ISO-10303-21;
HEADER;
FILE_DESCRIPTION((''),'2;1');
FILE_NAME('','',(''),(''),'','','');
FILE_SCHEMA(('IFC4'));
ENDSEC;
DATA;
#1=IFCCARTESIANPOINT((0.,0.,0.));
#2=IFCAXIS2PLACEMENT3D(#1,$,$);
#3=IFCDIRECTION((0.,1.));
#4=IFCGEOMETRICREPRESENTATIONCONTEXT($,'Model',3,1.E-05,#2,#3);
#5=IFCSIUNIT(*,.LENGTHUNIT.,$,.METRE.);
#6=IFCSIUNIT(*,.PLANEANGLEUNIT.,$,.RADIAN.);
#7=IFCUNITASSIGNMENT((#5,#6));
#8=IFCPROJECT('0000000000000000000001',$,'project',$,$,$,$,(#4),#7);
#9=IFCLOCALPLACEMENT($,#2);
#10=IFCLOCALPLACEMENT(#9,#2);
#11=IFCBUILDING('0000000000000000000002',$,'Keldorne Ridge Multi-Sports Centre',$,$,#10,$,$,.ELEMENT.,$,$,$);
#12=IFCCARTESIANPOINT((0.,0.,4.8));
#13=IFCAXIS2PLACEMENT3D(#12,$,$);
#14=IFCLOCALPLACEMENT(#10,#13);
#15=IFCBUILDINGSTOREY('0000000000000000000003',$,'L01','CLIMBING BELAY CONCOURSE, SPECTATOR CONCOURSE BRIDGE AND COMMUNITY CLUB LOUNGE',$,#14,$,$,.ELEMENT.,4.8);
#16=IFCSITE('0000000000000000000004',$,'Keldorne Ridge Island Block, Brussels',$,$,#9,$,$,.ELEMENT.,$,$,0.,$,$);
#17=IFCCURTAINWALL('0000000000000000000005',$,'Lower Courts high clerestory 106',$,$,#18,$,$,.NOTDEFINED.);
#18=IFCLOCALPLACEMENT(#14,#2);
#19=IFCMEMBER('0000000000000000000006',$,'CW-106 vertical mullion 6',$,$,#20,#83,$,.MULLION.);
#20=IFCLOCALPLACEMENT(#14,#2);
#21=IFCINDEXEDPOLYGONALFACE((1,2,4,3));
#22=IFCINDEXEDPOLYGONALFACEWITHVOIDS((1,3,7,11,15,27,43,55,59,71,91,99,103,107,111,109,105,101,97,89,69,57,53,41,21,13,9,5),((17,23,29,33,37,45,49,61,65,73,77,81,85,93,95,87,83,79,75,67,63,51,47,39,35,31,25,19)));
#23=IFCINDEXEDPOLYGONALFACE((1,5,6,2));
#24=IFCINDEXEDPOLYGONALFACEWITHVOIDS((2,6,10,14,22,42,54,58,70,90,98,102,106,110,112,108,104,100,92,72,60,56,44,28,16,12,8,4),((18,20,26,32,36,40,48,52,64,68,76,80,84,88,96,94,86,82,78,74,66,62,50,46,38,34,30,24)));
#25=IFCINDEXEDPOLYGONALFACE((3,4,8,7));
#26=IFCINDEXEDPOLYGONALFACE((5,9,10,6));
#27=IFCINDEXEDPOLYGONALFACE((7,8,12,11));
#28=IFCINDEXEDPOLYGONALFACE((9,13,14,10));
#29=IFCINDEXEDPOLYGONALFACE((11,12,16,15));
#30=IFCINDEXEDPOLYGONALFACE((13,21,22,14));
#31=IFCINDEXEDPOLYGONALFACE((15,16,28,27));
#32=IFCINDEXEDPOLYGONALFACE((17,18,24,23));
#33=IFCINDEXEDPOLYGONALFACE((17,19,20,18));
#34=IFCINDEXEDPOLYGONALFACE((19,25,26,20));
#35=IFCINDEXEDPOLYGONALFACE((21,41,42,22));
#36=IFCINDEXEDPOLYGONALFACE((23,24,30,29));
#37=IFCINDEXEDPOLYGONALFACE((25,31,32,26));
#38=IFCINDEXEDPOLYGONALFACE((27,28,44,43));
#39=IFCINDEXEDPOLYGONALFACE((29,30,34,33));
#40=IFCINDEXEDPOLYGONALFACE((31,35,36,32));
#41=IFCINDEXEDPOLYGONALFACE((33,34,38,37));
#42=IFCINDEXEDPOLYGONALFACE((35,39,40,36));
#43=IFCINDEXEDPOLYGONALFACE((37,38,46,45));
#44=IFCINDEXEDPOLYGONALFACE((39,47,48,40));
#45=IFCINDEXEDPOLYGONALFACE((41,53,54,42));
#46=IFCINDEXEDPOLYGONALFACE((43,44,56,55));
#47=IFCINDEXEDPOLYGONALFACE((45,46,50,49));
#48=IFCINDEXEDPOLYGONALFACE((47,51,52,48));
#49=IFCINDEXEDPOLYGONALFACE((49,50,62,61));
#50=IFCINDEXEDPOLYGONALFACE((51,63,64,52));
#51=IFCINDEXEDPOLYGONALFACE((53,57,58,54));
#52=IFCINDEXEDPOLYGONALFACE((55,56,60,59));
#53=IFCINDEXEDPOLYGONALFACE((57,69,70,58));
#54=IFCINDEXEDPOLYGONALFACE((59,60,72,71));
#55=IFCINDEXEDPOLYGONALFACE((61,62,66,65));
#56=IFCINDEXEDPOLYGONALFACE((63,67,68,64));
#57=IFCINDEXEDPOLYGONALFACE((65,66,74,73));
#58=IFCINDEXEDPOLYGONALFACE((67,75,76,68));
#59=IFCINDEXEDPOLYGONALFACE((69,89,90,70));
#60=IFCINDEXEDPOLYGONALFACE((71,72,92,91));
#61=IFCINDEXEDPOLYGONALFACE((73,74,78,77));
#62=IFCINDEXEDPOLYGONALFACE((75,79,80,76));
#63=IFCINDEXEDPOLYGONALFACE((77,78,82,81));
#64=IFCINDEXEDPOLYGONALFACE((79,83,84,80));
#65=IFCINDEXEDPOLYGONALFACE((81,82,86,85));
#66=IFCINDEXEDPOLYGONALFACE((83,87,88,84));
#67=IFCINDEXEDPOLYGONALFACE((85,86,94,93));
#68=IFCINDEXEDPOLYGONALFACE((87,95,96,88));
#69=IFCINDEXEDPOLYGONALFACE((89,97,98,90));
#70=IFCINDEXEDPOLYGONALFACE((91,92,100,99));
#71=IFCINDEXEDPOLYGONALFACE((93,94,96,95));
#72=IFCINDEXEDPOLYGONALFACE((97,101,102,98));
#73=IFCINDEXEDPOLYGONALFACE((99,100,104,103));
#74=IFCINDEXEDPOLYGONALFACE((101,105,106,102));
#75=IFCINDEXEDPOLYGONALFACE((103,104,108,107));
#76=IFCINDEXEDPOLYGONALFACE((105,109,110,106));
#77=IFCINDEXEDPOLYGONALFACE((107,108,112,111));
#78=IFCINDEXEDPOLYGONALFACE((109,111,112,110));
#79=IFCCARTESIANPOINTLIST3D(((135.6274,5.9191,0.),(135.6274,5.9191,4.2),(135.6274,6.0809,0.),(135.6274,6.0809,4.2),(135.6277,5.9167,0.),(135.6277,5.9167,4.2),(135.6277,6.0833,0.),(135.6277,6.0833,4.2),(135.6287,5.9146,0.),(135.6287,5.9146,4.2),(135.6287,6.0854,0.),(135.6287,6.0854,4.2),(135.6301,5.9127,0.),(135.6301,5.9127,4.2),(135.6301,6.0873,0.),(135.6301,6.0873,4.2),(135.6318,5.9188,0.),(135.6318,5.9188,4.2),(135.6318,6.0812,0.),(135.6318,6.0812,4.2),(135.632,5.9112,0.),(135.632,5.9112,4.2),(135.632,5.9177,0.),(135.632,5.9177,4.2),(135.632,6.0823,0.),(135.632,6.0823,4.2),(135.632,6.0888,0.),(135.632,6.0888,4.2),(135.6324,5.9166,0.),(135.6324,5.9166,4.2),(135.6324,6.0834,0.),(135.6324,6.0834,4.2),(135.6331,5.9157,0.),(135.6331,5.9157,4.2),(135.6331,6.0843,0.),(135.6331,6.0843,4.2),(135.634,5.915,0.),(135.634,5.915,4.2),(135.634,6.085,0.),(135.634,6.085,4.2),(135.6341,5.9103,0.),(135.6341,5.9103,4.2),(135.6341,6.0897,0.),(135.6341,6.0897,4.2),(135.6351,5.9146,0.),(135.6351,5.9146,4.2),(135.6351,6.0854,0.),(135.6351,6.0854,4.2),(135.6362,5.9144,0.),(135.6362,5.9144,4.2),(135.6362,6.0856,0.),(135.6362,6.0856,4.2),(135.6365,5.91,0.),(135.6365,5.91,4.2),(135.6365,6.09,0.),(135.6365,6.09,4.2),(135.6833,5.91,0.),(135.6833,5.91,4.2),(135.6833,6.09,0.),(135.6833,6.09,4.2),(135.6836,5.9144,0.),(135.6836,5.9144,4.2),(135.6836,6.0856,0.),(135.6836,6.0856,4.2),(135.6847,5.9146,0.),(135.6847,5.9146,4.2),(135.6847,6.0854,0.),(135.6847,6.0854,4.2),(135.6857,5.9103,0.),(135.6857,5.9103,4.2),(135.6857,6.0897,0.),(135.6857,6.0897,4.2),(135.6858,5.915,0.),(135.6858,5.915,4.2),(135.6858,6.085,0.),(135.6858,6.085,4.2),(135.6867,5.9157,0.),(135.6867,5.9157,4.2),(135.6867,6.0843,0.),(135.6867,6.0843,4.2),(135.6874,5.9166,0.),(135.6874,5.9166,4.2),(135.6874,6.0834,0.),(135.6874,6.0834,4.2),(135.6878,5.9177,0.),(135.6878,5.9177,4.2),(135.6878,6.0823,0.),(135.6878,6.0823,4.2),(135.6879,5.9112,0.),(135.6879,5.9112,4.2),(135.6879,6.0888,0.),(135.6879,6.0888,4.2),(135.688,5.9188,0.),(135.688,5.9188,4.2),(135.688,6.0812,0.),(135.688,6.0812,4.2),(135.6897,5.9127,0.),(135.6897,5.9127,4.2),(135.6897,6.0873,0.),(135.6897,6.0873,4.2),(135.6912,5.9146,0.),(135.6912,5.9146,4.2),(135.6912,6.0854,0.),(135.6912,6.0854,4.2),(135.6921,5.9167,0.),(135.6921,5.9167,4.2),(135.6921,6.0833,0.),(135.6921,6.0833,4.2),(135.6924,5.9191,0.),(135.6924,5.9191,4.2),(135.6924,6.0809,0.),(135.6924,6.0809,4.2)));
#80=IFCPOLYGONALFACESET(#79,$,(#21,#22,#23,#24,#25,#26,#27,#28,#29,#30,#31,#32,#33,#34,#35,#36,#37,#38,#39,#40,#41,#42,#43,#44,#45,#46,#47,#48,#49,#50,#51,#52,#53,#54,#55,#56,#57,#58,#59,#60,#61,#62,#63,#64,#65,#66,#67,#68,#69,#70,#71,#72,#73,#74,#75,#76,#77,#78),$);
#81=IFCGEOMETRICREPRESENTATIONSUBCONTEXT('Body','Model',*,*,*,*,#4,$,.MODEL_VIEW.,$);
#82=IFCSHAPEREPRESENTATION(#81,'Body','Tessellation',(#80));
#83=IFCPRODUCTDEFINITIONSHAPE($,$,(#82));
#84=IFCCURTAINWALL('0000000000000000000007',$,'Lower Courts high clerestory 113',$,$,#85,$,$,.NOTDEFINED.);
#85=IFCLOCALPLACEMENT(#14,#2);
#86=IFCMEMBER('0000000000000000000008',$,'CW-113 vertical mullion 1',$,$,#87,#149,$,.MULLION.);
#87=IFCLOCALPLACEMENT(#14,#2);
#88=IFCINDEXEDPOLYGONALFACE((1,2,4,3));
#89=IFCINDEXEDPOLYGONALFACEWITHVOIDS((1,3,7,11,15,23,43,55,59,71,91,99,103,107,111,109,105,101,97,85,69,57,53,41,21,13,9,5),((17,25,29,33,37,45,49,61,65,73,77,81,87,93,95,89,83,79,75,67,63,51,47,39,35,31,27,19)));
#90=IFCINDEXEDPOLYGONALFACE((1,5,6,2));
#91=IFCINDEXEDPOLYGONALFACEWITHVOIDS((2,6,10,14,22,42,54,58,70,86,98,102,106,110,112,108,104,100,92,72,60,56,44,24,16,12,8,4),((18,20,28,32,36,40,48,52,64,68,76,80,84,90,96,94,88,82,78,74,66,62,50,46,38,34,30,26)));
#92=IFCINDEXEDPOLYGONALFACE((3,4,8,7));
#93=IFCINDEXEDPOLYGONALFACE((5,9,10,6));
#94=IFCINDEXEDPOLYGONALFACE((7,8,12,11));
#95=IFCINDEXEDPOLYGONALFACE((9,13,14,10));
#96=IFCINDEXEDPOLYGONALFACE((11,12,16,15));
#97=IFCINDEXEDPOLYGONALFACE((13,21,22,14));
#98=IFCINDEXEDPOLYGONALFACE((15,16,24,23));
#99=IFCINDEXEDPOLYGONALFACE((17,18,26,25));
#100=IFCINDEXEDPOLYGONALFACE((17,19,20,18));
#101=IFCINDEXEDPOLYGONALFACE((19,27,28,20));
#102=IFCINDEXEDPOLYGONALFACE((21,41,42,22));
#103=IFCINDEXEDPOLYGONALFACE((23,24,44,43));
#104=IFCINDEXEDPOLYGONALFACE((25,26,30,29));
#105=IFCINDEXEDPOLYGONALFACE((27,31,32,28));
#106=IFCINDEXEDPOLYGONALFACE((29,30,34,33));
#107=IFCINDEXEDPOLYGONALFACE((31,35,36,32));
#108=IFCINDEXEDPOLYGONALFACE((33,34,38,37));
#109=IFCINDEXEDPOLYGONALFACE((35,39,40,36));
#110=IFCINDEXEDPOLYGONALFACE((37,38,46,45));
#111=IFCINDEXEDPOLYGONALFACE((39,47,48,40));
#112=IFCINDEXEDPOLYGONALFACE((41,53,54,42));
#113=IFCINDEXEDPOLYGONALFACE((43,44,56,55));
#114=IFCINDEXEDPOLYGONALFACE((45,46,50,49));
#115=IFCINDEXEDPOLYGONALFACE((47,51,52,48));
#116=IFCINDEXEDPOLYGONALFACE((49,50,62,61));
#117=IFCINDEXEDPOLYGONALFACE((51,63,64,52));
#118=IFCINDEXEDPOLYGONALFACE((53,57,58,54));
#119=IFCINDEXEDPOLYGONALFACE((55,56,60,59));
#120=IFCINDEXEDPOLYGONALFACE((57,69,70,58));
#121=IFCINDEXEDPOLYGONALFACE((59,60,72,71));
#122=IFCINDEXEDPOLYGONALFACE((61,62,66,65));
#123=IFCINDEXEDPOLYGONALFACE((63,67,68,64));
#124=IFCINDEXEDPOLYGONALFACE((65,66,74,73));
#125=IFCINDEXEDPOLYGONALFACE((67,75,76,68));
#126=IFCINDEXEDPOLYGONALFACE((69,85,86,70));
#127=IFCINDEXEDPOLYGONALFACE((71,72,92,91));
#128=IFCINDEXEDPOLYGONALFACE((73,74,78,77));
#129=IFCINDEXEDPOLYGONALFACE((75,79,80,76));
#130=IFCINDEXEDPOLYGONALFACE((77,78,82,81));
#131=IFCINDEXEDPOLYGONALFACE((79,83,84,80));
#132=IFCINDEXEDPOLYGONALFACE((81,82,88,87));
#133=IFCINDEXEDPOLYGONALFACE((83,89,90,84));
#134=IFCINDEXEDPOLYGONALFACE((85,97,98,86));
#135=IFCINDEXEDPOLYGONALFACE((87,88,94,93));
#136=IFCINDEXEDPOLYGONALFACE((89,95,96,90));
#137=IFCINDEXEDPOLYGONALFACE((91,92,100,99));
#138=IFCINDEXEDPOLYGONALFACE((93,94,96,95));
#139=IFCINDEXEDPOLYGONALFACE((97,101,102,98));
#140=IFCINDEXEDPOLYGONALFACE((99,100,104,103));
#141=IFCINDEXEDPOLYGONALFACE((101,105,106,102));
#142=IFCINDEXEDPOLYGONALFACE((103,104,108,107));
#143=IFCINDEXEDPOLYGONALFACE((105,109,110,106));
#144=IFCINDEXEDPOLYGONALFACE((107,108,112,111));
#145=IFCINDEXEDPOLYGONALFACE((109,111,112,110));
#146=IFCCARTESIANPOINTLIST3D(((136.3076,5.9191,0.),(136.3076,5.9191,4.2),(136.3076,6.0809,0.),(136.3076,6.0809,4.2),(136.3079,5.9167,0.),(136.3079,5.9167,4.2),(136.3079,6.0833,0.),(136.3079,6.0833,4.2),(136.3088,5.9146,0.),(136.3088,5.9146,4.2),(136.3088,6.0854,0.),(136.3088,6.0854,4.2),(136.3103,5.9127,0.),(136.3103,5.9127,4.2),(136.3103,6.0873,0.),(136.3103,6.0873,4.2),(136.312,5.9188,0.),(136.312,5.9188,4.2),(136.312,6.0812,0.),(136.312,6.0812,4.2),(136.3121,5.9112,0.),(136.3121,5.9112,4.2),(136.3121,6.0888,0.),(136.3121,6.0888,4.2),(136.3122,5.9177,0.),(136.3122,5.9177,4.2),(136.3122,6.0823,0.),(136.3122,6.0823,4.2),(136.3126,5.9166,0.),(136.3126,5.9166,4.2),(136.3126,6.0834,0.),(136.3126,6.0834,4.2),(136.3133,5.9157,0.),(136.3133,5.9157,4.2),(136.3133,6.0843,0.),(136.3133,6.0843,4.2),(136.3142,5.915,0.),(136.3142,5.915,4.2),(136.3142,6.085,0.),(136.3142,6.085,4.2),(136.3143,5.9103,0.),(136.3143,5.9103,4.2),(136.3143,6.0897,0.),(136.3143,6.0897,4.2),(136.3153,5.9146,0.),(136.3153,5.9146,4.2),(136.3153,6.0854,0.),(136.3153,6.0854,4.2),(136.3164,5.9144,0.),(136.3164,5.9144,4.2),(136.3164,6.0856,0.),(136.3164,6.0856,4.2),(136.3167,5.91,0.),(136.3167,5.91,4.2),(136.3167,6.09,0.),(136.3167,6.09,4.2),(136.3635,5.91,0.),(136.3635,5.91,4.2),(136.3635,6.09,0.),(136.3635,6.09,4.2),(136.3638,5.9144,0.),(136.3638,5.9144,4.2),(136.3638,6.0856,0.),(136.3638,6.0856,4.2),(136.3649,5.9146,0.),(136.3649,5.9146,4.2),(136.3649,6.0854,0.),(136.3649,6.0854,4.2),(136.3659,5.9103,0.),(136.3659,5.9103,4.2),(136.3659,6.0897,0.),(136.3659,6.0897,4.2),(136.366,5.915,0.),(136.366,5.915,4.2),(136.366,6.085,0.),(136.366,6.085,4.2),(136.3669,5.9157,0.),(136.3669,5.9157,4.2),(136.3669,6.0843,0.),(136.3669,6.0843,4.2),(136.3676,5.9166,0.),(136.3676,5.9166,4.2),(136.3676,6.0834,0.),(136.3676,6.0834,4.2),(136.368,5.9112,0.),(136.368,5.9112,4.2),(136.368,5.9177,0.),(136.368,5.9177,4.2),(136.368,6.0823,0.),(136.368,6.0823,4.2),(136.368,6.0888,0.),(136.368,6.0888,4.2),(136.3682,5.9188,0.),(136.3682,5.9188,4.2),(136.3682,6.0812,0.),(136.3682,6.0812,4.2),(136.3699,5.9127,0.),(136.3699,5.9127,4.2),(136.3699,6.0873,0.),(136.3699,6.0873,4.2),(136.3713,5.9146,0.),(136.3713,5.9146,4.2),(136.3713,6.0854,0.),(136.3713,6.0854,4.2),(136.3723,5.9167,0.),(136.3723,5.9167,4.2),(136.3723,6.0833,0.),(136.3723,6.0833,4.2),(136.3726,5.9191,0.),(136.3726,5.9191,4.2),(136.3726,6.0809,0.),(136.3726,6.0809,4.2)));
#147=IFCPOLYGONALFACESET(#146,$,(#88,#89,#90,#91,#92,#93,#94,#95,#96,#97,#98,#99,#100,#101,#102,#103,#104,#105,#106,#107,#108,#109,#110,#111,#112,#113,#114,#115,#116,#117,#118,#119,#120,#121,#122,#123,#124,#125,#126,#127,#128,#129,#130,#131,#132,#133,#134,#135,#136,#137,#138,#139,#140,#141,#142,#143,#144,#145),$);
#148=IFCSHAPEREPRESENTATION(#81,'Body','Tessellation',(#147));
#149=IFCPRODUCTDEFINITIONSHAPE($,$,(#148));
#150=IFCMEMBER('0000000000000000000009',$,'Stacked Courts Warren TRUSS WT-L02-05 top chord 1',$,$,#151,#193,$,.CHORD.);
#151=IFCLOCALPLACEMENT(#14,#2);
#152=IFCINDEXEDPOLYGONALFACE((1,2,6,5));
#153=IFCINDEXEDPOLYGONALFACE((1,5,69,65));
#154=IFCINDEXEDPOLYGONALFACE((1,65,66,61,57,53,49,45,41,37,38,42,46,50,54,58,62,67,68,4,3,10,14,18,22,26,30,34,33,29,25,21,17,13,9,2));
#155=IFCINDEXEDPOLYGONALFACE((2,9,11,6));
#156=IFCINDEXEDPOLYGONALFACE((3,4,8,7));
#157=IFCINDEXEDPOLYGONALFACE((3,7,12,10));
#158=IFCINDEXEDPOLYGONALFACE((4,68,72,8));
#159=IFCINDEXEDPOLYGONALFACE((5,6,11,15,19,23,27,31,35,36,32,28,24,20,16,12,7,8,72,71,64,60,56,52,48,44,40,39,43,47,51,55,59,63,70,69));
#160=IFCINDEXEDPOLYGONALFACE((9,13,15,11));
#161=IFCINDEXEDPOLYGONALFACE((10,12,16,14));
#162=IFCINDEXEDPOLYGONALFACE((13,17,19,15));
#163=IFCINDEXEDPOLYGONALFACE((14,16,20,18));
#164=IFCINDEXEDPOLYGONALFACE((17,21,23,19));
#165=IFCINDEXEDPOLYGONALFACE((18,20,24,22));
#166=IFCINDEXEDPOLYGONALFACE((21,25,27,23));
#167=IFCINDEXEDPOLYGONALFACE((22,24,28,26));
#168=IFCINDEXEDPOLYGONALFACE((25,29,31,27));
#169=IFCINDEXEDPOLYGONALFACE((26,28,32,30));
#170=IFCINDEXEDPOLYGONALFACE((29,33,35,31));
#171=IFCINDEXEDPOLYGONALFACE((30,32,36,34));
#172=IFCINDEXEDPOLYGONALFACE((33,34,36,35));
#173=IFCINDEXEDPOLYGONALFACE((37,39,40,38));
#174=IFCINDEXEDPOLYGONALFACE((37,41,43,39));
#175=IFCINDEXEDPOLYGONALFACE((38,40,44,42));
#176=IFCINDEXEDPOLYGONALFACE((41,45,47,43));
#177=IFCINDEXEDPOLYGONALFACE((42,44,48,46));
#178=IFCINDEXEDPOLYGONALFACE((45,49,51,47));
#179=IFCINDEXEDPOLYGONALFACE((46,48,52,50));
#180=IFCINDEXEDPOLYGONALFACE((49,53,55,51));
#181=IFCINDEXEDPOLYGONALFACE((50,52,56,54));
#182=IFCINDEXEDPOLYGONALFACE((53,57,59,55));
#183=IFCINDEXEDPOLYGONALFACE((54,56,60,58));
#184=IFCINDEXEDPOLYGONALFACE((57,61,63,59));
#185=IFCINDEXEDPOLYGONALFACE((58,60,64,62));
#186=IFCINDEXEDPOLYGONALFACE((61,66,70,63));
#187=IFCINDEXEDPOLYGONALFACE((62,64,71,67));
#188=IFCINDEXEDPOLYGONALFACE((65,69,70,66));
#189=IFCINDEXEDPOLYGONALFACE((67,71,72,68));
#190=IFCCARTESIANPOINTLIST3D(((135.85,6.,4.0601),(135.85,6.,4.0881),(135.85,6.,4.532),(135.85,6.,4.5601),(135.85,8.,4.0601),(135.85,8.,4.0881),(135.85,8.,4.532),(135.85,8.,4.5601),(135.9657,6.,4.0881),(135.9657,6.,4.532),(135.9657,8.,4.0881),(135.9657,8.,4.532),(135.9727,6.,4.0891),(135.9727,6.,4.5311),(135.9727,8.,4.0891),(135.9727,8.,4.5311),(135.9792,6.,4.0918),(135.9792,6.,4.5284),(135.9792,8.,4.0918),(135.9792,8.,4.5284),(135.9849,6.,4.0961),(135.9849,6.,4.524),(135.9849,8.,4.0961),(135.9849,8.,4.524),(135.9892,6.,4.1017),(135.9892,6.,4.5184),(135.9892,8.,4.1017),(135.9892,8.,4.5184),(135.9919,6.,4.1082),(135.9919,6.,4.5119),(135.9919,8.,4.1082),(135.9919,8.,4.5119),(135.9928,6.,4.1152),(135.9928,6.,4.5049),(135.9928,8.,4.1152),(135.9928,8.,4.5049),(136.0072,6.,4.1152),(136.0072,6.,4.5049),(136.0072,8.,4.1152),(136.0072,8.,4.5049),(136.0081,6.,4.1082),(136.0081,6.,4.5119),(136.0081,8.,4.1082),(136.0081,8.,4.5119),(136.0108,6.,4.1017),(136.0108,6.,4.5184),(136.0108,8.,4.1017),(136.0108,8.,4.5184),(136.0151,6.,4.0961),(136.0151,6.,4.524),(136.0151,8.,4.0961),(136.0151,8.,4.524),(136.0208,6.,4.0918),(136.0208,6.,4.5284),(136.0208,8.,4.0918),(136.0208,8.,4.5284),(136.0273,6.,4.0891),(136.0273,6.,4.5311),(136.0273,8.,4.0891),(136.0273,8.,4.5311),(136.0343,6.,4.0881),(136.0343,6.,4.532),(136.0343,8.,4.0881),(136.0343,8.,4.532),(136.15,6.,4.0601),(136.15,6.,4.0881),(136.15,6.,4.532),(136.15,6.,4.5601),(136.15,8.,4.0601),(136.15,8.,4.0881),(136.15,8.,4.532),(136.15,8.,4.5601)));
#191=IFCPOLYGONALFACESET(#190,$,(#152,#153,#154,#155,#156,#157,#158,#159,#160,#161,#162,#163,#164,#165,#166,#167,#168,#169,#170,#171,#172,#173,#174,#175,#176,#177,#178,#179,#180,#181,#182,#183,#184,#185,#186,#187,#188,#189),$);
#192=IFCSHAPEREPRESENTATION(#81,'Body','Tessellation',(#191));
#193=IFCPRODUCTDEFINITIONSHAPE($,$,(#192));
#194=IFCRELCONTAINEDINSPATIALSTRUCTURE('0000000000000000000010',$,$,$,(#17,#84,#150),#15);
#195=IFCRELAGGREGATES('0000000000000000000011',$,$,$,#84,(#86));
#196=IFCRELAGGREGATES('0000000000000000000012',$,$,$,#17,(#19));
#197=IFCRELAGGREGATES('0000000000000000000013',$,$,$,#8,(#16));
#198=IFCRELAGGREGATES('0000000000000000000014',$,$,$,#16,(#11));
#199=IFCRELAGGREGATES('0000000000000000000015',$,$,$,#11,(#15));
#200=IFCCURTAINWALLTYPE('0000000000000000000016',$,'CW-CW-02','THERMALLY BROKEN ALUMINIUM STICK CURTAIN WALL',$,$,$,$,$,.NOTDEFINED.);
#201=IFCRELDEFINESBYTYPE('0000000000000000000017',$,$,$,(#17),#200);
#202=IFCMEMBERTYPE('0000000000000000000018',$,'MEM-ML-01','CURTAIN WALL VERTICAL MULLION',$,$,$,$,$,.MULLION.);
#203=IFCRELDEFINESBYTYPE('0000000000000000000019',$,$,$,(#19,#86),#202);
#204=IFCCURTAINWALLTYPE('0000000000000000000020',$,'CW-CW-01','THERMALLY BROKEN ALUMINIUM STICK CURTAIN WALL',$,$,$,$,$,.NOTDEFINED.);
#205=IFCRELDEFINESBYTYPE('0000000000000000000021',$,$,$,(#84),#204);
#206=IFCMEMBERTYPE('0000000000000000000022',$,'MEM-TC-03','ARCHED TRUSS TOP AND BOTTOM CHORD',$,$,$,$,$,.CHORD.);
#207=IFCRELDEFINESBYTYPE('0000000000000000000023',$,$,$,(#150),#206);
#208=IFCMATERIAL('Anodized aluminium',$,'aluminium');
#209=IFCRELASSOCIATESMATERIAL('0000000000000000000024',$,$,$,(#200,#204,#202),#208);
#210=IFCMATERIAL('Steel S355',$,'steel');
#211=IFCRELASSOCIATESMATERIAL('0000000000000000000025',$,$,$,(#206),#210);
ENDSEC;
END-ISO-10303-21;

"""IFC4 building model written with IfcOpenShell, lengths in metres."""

from ifc_helpers import new_model, si_unit, direction, frame, origin, origin_2d, place, context, subcontext, project, spatial, hollow_rectangle, i_section, extrude, material, material_profile, profile_set, type_object, element, aggregate, save


model = new_model("IFC4")

# Units and contexts
model_context = context("Model", 3, precision=1e-05, world=origin(), true_north=direction((0.0, 1.0)))
body_context = subcontext(model_context, "Body", "Model", "MODEL_VIEW")
ifc_project = project(units=[si_unit("LENGTHUNIT", "METRE"), si_unit("PLANEANGLEUNIT", "RADIAN")], contexts=[model_context])

# Site, building, storey
site_placement = place(None, origin())
site = spatial("IfcSite", under=ifc_project, at=site_placement, Name="Keldorne Ridge Island Block, Brussels", CompositionType="ELEMENT", RefElevation=0.0)
building_placement = place(site_placement, origin())
building = spatial("IfcBuilding", under=site, at=building_placement, Name="Keldorne Ridge Multi-Sports Centre", CompositionType="ELEMENT")
storey_placement = place(building_placement, frame((0.0, 0.0, 4.8)))
storey = spatial("IfcBuildingStorey", under=building, at=storey_placement, Name="L01", Description="CLIMBING BELAY CONCOURSE, SPECTATOR CONCOURSE BRIDGE AND COMMUNITY CLUB LOUNGE", CompositionType="ELEMENT", Elevation=4.8)

# Shared definitions
ifc_material_1 = material(Name="Steel S355", Category="steel")

# Curtain wall, member
ifc_material_2 = material(Name="Anodized aluminium", Category="aluminium")
curtain_wall_type_1 = type_object("IfcCurtainWallType", Name="CW-CW-02", Description="THERMALLY BROKEN ALUMINIUM STICK CURTAIN WALL", PredefinedType="NOTDEFINED", material=ifc_material_2)
curtain_wall_1_placement = place(storey_placement, origin())
curtain_wall_1 = element("IfcCurtainWall", 1, at=curtain_wall_1_placement, inside=storey, type_object=curtain_wall_type_1, Name="Lower Courts high clerestory 106", PredefinedType="NOTDEFINED")
ifc_material_profile_1 = material_profile(ifc_material_2, hollow_rectangle(XDim=0.0649, YDim=0.1799, WallThickness=0.0044, InnerFilletRadius=0.0044, OuterFilletRadius=0.009, at=origin_2d()), Name="ALU MULLION 180x65x4.5")
ifc_profile_set_1 = profile_set([ifc_material_profile_1], Name="Anodized aluminium")
member_type_1 = type_object("IfcMemberType", Name="MEM-ML-01", Description="CURTAIN WALL VERTICAL MULLION", PredefinedType="MULLION", material=ifc_profile_set_1)
member_1_placement = place(storey_placement, frame((135.6599, 6.0, 0.0), z_axis=(0.0, 0.0, 1.0), x_axis=(1.0, 0.0, 0.0)))
member_1 = element("IfcMember", 2, at=member_1_placement, type_object=member_type_1, Name="CW-106 vertical mullion 6", PredefinedType="MULLION", context=body_context, shape_type="SweptSolid", body=[
    extrude(hollow_rectangle(XDim=0.0649, YDim=0.1799, WallThickness=0.0044, InnerFilletRadius=0.0044, OuterFilletRadius=0.009, at=origin_2d()), origin(), (0.0, 0.0, 1.0), 4.2),
])

# Curtain wall, member
curtain_wall_type_2 = type_object("IfcCurtainWallType", Name="CW-CW-01", Description="THERMALLY BROKEN ALUMINIUM STICK CURTAIN WALL", PredefinedType="NOTDEFINED", material=ifc_material_2)
curtain_wall_2_placement = place(storey_placement, origin())
curtain_wall_2 = element("IfcCurtainWall", 3, at=curtain_wall_2_placement, inside=storey, type_object=curtain_wall_type_2, Name="Lower Courts high clerestory 113", PredefinedType="NOTDEFINED")
member_2_placement = place(storey_placement, frame((136.3401, 6.0, 0.0), z_axis=(0.0, 0.0, 1.0), x_axis=(1.0, 0.0, 0.0)))
member_2 = element("IfcMember", 4, at=member_2_placement, type_object=member_type_1, Name="CW-113 vertical mullion 1", PredefinedType="MULLION", context=body_context, shape_type="SweptSolid", body=[
    extrude(hollow_rectangle(XDim=0.0649, YDim=0.1799, WallThickness=0.0044, InnerFilletRadius=0.0044, OuterFilletRadius=0.009, at=origin_2d()), origin(), (0.0, 0.0, 1.0), 4.2),
])

# Member
ifc_material_profile_2 = material_profile(ifc_material_1, i_section(OverallWidth=0.3, OverallDepth=0.5, WebThickness=0.0144, FlangeThickness=0.0281, FilletRadius=0.0271, at=origin_2d()), Name="HEB 500")
ifc_profile_set_2 = profile_set([ifc_material_profile_2], Name="Steel S355")
member_type_2 = type_object("IfcMemberType", Name="MEM-TC-03", Description="ARCHED TRUSS TOP AND BOTTOM CHORD", PredefinedType="CHORD", material=ifc_profile_set_2)
for number, where, z_axis, x_axis, name in (
    (5, (136.0, 6.0, 4.3101), (0.0, 1.0, 0.0), (-1.0, 0.0, 0.0), "Stacked Courts Warren TRUSS WT-L02-05 top chord 1"),
):
    element("IfcMember", number, at=place(storey_placement, frame(where, z_axis=z_axis, x_axis=x_axis)), inside=storey, type_object=member_type_2, Name=name, PredefinedType="CHORD", context=body_context, shape_type="SweptSolid", body=[
        extrude(i_section(OverallWidth=0.3, OverallDepth=0.5, WebThickness=0.0144, FlangeThickness=0.0281, FilletRadius=0.0271, at=origin_2d()), origin(), (0.0, 0.0, 1.0), 2.0),
    ])

aggregate(curtain_wall_2, [member_2])

aggregate(curtain_wall_1, [member_1])

save(model, "model.ifc")
